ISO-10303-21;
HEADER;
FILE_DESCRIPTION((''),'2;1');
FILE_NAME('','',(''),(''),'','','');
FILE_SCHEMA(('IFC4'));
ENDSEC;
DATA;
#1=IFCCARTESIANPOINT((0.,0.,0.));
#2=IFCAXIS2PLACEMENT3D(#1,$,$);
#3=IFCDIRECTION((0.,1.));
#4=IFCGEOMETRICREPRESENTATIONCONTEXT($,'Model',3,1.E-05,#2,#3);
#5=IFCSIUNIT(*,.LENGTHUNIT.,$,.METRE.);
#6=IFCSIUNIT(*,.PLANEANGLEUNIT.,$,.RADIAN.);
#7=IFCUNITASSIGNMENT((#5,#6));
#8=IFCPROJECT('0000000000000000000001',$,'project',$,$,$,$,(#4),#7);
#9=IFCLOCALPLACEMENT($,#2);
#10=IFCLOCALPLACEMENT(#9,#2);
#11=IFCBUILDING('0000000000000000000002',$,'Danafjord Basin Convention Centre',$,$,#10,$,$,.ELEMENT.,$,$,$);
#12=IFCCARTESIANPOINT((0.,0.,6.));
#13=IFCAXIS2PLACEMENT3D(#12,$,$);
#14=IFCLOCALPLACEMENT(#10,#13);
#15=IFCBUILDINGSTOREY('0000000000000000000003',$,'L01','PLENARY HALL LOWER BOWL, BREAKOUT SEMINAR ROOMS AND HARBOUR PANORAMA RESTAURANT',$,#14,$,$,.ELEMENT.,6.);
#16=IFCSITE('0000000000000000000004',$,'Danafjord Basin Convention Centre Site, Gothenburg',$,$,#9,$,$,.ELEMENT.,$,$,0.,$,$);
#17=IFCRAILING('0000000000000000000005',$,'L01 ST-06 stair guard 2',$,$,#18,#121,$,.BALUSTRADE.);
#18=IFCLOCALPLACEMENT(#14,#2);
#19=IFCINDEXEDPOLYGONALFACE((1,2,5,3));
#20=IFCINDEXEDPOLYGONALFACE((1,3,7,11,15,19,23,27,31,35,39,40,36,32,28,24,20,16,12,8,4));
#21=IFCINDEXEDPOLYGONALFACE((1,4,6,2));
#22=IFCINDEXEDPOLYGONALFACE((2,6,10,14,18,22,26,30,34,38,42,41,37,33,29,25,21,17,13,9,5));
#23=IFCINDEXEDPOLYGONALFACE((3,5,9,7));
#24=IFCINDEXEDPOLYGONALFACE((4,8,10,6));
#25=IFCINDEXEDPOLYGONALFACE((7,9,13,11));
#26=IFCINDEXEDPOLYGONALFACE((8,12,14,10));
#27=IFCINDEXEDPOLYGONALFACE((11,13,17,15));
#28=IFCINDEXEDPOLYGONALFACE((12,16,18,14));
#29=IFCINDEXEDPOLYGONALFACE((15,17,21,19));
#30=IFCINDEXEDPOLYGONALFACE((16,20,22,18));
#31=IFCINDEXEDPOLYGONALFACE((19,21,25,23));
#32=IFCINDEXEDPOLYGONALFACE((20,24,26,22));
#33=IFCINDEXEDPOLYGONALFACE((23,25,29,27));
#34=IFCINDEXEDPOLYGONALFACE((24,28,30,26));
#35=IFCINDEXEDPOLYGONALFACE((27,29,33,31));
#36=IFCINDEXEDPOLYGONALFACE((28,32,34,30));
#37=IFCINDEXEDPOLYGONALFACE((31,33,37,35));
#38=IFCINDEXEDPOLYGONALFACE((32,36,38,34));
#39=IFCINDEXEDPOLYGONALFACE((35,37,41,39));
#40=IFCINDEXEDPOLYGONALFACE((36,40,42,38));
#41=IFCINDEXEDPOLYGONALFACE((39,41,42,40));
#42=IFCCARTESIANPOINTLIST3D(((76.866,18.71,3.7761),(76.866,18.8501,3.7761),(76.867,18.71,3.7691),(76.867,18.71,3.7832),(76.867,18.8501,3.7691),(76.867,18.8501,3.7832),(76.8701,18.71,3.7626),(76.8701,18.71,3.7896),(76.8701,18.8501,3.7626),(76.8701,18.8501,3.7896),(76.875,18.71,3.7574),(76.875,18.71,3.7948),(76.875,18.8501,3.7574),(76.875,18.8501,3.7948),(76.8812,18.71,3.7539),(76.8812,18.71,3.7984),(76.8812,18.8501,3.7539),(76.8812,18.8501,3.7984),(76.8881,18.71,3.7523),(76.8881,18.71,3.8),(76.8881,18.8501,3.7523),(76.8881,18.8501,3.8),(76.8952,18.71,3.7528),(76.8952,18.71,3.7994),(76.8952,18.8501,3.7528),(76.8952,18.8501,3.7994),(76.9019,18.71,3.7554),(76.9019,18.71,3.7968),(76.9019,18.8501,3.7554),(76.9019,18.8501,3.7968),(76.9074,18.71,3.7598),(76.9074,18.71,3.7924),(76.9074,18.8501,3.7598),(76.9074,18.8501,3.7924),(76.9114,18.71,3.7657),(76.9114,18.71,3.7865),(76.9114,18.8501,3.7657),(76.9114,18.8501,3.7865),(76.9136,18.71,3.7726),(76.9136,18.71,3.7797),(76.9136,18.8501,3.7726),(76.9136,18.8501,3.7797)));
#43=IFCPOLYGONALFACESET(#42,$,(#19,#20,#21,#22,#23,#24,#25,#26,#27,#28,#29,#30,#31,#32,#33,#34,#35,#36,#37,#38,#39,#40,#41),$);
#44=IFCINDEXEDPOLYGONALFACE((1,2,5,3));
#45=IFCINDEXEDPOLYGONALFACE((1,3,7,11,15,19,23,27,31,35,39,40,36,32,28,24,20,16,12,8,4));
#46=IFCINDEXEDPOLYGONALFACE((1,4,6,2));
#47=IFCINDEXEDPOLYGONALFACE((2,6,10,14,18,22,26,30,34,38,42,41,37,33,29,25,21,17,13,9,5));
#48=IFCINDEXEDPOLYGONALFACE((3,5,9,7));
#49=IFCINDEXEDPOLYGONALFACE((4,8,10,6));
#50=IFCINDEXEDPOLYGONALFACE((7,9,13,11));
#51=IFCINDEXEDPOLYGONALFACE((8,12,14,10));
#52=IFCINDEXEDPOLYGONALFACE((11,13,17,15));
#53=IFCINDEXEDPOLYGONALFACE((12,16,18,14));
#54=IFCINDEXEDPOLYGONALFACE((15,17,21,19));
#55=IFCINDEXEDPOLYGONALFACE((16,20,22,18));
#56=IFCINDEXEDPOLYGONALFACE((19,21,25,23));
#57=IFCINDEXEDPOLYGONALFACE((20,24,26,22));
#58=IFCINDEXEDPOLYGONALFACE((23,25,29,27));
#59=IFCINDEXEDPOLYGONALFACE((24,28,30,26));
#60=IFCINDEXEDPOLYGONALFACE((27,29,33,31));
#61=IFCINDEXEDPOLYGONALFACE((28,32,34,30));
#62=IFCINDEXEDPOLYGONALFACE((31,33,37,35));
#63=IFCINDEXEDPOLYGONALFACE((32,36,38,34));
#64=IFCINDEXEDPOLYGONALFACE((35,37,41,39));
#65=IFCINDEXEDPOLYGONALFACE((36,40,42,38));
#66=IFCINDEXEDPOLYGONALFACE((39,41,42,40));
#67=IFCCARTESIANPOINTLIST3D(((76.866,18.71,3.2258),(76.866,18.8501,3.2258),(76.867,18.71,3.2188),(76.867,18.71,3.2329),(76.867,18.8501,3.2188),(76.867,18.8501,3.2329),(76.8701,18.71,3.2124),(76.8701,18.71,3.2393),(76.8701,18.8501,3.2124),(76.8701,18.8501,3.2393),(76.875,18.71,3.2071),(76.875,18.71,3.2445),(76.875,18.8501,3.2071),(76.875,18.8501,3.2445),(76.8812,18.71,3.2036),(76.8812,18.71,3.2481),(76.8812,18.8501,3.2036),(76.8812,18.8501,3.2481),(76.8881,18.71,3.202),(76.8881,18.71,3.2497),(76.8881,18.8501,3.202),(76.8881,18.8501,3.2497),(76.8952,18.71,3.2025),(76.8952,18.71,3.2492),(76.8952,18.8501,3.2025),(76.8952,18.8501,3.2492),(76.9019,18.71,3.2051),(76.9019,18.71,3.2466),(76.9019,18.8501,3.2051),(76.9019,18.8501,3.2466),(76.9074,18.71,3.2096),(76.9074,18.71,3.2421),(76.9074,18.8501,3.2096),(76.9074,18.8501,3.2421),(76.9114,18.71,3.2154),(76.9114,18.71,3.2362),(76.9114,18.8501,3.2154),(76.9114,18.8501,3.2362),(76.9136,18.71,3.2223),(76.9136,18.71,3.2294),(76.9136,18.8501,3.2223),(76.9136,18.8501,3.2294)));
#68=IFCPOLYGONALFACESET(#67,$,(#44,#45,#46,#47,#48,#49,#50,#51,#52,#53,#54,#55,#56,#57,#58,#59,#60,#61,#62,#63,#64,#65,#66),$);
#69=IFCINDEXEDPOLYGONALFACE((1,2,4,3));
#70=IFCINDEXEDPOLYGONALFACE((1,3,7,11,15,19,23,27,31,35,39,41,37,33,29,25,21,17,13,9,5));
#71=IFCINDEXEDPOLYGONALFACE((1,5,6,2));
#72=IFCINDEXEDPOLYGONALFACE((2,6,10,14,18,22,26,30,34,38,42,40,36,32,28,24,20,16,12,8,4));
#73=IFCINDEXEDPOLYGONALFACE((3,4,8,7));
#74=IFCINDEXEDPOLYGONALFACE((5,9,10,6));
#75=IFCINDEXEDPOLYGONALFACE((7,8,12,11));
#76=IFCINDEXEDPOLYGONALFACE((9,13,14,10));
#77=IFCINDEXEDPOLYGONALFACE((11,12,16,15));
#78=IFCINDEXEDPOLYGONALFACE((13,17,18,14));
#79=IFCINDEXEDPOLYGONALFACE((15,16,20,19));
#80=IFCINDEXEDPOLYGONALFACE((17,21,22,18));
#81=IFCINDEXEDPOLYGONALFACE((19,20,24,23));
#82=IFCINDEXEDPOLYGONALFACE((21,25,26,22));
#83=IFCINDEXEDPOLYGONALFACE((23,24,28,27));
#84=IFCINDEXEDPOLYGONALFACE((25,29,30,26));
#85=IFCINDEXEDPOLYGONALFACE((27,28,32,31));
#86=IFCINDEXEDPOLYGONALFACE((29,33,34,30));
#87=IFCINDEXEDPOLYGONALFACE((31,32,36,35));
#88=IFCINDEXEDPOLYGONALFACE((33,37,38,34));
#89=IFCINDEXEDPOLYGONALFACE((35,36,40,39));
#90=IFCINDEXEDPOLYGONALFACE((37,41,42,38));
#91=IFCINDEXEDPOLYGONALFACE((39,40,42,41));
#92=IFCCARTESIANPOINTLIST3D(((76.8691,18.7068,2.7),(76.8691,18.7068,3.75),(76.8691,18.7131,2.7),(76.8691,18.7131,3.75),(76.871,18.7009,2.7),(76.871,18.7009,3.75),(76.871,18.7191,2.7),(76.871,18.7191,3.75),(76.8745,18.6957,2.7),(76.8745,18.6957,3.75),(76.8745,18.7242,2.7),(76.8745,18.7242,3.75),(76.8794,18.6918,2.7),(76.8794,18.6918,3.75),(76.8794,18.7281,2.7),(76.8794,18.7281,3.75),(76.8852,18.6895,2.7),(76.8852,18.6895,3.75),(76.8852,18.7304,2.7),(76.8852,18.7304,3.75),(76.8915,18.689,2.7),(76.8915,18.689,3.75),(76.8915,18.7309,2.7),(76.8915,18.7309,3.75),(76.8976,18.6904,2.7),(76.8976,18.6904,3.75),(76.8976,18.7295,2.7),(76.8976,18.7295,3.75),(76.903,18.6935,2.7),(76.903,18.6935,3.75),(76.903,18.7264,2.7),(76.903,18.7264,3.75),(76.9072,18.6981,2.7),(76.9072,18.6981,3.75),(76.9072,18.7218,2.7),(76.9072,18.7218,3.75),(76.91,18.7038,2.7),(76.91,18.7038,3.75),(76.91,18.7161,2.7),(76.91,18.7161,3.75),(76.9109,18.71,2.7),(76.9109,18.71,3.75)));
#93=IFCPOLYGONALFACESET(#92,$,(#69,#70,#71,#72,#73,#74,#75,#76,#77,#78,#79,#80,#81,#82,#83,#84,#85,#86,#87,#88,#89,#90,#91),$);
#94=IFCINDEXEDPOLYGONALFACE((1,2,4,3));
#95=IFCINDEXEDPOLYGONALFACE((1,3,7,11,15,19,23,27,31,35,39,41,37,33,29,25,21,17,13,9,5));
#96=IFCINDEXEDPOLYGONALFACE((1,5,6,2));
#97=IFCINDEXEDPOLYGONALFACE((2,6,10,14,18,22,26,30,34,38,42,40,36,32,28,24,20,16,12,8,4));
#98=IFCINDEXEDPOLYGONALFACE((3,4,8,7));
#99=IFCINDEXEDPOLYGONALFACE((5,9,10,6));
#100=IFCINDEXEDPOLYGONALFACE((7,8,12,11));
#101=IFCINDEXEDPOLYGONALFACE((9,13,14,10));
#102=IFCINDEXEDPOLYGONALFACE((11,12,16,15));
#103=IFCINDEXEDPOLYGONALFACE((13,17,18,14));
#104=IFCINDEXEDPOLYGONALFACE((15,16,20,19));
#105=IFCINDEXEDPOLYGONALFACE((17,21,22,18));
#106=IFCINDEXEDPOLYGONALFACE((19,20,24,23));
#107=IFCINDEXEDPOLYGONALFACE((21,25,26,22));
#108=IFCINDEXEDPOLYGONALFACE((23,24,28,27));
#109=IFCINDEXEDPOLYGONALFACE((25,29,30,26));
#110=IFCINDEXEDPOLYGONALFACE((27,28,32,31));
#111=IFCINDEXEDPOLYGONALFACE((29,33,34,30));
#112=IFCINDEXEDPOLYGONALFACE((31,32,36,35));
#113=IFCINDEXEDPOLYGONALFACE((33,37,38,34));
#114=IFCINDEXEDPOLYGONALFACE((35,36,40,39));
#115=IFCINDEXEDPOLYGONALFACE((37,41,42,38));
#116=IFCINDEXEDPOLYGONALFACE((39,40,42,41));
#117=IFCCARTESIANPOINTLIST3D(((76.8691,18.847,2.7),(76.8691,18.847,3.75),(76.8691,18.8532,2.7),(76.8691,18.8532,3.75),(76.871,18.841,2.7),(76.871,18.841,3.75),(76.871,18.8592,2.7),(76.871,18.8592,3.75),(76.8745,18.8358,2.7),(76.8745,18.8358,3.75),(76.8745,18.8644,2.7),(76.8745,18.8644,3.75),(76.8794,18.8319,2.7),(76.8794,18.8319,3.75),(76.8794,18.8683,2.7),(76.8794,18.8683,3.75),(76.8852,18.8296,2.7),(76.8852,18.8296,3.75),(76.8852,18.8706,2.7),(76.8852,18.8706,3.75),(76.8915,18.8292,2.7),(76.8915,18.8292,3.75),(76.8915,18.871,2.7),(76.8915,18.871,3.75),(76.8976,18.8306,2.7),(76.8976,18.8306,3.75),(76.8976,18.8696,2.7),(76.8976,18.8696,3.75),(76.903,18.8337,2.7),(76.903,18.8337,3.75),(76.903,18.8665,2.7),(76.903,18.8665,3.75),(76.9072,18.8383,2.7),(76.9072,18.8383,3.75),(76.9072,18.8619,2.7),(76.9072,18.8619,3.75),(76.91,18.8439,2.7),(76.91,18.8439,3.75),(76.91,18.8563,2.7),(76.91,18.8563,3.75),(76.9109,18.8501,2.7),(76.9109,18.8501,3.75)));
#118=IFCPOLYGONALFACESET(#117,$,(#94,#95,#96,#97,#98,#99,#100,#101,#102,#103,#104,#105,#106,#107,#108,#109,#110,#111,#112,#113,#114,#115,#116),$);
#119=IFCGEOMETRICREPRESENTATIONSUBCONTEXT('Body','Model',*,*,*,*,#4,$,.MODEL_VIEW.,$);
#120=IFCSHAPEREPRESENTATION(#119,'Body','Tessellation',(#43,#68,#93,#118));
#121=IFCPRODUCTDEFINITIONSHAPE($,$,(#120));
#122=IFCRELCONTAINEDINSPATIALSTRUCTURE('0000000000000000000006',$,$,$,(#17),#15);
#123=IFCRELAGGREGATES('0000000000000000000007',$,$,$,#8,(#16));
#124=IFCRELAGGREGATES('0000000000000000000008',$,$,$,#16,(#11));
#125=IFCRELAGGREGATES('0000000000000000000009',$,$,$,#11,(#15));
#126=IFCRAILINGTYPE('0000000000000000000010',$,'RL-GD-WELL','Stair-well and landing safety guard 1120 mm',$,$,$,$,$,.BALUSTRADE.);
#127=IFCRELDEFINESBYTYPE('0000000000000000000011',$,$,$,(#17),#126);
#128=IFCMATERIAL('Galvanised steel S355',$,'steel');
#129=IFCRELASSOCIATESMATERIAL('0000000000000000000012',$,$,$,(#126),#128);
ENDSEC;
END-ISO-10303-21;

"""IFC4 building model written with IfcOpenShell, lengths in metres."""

from ifc_helpers import new_model, si_unit, direction, frame, origin, origin_2d, place, context, subcontext, project, spatial, circle, extrude, material, type_object, element, save


model = new_model("IFC4")

# Units and contexts
model_context = context("Model", 3, precision=1e-05, world=origin(), true_north=direction((0.0, 1.0)))
body_context = subcontext(model_context, "Body", "Model", "MODEL_VIEW")
ifc_project = project(units=[si_unit("LENGTHUNIT", "METRE"), si_unit("PLANEANGLEUNIT", "RADIAN")], contexts=[model_context])

# Site, building, storey
site_placement = place(None, origin())
site = spatial("IfcSite", under=ifc_project, at=site_placement, Name="Danafjord Basin Convention Centre Site, Gothenburg", CompositionType="ELEMENT", RefElevation=0.0)
building_placement = place(site_placement, origin())
building = spatial("IfcBuilding", under=site, at=building_placement, Name="Danafjord Basin Convention Centre", CompositionType="ELEMENT")
storey_placement = place(building_placement, frame((0.0, 0.0, 6.0)))
storey = spatial("IfcBuildingStorey", under=building, at=storey_placement, Name="L01", Description="PLENARY HALL LOWER BOWL, BREAKOUT SEMINAR ROOMS AND HARBOUR PANORAMA RESTAURANT", CompositionType="ELEMENT", Elevation=6.0)

# Railing
ifc_material_1 = material(Name="Galvanised steel S355", Category="steel")
railing_type_1 = type_object("IfcRailingType", Name="RL-GD-WELL", Description="Stair-well and landing safety guard 1120 mm", PredefinedType="BALUSTRADE", material=ifc_material_1)
railing_1_placement = place(storey_placement, frame((76.8899, 18.71, 2.7)))
element("IfcRailing", 1, at=railing_1_placement, inside=storey, type_object=railing_type_1, Name="L01 ST-06 stair guard 2", PredefinedType="BALUSTRADE", context=body_context, shape_type="SweptSolid", body=[
    extrude(circle(Radius=0.0239, at=origin_2d()), frame((0.0, 0.0, 1.0762), z_axis=(0.0, 1.0, 0.0), x_axis=(-1.0, 0.0, 0.0)), (0.0, 0.0, 1.0), 0.1401),
    extrude(circle(Radius=0.0239, at=origin_2d()), frame((0.0, 0.0, 0.5259), z_axis=(0.0, 1.0, 0.0), x_axis=(-1.0, 0.0, 0.0)), (0.0, 0.0, 1.0), 0.1401),
    extrude(circle(Radius=0.021, at=origin_2d()), origin(), (0.0, 0.0, 1.0), 1.05),
    extrude(circle(Radius=0.021, at=origin_2d()), frame((0.0, 0.1401, 0.0)), (0.0, 0.0, 1.0), 1.05),
])

save(model, "model.ifc")
